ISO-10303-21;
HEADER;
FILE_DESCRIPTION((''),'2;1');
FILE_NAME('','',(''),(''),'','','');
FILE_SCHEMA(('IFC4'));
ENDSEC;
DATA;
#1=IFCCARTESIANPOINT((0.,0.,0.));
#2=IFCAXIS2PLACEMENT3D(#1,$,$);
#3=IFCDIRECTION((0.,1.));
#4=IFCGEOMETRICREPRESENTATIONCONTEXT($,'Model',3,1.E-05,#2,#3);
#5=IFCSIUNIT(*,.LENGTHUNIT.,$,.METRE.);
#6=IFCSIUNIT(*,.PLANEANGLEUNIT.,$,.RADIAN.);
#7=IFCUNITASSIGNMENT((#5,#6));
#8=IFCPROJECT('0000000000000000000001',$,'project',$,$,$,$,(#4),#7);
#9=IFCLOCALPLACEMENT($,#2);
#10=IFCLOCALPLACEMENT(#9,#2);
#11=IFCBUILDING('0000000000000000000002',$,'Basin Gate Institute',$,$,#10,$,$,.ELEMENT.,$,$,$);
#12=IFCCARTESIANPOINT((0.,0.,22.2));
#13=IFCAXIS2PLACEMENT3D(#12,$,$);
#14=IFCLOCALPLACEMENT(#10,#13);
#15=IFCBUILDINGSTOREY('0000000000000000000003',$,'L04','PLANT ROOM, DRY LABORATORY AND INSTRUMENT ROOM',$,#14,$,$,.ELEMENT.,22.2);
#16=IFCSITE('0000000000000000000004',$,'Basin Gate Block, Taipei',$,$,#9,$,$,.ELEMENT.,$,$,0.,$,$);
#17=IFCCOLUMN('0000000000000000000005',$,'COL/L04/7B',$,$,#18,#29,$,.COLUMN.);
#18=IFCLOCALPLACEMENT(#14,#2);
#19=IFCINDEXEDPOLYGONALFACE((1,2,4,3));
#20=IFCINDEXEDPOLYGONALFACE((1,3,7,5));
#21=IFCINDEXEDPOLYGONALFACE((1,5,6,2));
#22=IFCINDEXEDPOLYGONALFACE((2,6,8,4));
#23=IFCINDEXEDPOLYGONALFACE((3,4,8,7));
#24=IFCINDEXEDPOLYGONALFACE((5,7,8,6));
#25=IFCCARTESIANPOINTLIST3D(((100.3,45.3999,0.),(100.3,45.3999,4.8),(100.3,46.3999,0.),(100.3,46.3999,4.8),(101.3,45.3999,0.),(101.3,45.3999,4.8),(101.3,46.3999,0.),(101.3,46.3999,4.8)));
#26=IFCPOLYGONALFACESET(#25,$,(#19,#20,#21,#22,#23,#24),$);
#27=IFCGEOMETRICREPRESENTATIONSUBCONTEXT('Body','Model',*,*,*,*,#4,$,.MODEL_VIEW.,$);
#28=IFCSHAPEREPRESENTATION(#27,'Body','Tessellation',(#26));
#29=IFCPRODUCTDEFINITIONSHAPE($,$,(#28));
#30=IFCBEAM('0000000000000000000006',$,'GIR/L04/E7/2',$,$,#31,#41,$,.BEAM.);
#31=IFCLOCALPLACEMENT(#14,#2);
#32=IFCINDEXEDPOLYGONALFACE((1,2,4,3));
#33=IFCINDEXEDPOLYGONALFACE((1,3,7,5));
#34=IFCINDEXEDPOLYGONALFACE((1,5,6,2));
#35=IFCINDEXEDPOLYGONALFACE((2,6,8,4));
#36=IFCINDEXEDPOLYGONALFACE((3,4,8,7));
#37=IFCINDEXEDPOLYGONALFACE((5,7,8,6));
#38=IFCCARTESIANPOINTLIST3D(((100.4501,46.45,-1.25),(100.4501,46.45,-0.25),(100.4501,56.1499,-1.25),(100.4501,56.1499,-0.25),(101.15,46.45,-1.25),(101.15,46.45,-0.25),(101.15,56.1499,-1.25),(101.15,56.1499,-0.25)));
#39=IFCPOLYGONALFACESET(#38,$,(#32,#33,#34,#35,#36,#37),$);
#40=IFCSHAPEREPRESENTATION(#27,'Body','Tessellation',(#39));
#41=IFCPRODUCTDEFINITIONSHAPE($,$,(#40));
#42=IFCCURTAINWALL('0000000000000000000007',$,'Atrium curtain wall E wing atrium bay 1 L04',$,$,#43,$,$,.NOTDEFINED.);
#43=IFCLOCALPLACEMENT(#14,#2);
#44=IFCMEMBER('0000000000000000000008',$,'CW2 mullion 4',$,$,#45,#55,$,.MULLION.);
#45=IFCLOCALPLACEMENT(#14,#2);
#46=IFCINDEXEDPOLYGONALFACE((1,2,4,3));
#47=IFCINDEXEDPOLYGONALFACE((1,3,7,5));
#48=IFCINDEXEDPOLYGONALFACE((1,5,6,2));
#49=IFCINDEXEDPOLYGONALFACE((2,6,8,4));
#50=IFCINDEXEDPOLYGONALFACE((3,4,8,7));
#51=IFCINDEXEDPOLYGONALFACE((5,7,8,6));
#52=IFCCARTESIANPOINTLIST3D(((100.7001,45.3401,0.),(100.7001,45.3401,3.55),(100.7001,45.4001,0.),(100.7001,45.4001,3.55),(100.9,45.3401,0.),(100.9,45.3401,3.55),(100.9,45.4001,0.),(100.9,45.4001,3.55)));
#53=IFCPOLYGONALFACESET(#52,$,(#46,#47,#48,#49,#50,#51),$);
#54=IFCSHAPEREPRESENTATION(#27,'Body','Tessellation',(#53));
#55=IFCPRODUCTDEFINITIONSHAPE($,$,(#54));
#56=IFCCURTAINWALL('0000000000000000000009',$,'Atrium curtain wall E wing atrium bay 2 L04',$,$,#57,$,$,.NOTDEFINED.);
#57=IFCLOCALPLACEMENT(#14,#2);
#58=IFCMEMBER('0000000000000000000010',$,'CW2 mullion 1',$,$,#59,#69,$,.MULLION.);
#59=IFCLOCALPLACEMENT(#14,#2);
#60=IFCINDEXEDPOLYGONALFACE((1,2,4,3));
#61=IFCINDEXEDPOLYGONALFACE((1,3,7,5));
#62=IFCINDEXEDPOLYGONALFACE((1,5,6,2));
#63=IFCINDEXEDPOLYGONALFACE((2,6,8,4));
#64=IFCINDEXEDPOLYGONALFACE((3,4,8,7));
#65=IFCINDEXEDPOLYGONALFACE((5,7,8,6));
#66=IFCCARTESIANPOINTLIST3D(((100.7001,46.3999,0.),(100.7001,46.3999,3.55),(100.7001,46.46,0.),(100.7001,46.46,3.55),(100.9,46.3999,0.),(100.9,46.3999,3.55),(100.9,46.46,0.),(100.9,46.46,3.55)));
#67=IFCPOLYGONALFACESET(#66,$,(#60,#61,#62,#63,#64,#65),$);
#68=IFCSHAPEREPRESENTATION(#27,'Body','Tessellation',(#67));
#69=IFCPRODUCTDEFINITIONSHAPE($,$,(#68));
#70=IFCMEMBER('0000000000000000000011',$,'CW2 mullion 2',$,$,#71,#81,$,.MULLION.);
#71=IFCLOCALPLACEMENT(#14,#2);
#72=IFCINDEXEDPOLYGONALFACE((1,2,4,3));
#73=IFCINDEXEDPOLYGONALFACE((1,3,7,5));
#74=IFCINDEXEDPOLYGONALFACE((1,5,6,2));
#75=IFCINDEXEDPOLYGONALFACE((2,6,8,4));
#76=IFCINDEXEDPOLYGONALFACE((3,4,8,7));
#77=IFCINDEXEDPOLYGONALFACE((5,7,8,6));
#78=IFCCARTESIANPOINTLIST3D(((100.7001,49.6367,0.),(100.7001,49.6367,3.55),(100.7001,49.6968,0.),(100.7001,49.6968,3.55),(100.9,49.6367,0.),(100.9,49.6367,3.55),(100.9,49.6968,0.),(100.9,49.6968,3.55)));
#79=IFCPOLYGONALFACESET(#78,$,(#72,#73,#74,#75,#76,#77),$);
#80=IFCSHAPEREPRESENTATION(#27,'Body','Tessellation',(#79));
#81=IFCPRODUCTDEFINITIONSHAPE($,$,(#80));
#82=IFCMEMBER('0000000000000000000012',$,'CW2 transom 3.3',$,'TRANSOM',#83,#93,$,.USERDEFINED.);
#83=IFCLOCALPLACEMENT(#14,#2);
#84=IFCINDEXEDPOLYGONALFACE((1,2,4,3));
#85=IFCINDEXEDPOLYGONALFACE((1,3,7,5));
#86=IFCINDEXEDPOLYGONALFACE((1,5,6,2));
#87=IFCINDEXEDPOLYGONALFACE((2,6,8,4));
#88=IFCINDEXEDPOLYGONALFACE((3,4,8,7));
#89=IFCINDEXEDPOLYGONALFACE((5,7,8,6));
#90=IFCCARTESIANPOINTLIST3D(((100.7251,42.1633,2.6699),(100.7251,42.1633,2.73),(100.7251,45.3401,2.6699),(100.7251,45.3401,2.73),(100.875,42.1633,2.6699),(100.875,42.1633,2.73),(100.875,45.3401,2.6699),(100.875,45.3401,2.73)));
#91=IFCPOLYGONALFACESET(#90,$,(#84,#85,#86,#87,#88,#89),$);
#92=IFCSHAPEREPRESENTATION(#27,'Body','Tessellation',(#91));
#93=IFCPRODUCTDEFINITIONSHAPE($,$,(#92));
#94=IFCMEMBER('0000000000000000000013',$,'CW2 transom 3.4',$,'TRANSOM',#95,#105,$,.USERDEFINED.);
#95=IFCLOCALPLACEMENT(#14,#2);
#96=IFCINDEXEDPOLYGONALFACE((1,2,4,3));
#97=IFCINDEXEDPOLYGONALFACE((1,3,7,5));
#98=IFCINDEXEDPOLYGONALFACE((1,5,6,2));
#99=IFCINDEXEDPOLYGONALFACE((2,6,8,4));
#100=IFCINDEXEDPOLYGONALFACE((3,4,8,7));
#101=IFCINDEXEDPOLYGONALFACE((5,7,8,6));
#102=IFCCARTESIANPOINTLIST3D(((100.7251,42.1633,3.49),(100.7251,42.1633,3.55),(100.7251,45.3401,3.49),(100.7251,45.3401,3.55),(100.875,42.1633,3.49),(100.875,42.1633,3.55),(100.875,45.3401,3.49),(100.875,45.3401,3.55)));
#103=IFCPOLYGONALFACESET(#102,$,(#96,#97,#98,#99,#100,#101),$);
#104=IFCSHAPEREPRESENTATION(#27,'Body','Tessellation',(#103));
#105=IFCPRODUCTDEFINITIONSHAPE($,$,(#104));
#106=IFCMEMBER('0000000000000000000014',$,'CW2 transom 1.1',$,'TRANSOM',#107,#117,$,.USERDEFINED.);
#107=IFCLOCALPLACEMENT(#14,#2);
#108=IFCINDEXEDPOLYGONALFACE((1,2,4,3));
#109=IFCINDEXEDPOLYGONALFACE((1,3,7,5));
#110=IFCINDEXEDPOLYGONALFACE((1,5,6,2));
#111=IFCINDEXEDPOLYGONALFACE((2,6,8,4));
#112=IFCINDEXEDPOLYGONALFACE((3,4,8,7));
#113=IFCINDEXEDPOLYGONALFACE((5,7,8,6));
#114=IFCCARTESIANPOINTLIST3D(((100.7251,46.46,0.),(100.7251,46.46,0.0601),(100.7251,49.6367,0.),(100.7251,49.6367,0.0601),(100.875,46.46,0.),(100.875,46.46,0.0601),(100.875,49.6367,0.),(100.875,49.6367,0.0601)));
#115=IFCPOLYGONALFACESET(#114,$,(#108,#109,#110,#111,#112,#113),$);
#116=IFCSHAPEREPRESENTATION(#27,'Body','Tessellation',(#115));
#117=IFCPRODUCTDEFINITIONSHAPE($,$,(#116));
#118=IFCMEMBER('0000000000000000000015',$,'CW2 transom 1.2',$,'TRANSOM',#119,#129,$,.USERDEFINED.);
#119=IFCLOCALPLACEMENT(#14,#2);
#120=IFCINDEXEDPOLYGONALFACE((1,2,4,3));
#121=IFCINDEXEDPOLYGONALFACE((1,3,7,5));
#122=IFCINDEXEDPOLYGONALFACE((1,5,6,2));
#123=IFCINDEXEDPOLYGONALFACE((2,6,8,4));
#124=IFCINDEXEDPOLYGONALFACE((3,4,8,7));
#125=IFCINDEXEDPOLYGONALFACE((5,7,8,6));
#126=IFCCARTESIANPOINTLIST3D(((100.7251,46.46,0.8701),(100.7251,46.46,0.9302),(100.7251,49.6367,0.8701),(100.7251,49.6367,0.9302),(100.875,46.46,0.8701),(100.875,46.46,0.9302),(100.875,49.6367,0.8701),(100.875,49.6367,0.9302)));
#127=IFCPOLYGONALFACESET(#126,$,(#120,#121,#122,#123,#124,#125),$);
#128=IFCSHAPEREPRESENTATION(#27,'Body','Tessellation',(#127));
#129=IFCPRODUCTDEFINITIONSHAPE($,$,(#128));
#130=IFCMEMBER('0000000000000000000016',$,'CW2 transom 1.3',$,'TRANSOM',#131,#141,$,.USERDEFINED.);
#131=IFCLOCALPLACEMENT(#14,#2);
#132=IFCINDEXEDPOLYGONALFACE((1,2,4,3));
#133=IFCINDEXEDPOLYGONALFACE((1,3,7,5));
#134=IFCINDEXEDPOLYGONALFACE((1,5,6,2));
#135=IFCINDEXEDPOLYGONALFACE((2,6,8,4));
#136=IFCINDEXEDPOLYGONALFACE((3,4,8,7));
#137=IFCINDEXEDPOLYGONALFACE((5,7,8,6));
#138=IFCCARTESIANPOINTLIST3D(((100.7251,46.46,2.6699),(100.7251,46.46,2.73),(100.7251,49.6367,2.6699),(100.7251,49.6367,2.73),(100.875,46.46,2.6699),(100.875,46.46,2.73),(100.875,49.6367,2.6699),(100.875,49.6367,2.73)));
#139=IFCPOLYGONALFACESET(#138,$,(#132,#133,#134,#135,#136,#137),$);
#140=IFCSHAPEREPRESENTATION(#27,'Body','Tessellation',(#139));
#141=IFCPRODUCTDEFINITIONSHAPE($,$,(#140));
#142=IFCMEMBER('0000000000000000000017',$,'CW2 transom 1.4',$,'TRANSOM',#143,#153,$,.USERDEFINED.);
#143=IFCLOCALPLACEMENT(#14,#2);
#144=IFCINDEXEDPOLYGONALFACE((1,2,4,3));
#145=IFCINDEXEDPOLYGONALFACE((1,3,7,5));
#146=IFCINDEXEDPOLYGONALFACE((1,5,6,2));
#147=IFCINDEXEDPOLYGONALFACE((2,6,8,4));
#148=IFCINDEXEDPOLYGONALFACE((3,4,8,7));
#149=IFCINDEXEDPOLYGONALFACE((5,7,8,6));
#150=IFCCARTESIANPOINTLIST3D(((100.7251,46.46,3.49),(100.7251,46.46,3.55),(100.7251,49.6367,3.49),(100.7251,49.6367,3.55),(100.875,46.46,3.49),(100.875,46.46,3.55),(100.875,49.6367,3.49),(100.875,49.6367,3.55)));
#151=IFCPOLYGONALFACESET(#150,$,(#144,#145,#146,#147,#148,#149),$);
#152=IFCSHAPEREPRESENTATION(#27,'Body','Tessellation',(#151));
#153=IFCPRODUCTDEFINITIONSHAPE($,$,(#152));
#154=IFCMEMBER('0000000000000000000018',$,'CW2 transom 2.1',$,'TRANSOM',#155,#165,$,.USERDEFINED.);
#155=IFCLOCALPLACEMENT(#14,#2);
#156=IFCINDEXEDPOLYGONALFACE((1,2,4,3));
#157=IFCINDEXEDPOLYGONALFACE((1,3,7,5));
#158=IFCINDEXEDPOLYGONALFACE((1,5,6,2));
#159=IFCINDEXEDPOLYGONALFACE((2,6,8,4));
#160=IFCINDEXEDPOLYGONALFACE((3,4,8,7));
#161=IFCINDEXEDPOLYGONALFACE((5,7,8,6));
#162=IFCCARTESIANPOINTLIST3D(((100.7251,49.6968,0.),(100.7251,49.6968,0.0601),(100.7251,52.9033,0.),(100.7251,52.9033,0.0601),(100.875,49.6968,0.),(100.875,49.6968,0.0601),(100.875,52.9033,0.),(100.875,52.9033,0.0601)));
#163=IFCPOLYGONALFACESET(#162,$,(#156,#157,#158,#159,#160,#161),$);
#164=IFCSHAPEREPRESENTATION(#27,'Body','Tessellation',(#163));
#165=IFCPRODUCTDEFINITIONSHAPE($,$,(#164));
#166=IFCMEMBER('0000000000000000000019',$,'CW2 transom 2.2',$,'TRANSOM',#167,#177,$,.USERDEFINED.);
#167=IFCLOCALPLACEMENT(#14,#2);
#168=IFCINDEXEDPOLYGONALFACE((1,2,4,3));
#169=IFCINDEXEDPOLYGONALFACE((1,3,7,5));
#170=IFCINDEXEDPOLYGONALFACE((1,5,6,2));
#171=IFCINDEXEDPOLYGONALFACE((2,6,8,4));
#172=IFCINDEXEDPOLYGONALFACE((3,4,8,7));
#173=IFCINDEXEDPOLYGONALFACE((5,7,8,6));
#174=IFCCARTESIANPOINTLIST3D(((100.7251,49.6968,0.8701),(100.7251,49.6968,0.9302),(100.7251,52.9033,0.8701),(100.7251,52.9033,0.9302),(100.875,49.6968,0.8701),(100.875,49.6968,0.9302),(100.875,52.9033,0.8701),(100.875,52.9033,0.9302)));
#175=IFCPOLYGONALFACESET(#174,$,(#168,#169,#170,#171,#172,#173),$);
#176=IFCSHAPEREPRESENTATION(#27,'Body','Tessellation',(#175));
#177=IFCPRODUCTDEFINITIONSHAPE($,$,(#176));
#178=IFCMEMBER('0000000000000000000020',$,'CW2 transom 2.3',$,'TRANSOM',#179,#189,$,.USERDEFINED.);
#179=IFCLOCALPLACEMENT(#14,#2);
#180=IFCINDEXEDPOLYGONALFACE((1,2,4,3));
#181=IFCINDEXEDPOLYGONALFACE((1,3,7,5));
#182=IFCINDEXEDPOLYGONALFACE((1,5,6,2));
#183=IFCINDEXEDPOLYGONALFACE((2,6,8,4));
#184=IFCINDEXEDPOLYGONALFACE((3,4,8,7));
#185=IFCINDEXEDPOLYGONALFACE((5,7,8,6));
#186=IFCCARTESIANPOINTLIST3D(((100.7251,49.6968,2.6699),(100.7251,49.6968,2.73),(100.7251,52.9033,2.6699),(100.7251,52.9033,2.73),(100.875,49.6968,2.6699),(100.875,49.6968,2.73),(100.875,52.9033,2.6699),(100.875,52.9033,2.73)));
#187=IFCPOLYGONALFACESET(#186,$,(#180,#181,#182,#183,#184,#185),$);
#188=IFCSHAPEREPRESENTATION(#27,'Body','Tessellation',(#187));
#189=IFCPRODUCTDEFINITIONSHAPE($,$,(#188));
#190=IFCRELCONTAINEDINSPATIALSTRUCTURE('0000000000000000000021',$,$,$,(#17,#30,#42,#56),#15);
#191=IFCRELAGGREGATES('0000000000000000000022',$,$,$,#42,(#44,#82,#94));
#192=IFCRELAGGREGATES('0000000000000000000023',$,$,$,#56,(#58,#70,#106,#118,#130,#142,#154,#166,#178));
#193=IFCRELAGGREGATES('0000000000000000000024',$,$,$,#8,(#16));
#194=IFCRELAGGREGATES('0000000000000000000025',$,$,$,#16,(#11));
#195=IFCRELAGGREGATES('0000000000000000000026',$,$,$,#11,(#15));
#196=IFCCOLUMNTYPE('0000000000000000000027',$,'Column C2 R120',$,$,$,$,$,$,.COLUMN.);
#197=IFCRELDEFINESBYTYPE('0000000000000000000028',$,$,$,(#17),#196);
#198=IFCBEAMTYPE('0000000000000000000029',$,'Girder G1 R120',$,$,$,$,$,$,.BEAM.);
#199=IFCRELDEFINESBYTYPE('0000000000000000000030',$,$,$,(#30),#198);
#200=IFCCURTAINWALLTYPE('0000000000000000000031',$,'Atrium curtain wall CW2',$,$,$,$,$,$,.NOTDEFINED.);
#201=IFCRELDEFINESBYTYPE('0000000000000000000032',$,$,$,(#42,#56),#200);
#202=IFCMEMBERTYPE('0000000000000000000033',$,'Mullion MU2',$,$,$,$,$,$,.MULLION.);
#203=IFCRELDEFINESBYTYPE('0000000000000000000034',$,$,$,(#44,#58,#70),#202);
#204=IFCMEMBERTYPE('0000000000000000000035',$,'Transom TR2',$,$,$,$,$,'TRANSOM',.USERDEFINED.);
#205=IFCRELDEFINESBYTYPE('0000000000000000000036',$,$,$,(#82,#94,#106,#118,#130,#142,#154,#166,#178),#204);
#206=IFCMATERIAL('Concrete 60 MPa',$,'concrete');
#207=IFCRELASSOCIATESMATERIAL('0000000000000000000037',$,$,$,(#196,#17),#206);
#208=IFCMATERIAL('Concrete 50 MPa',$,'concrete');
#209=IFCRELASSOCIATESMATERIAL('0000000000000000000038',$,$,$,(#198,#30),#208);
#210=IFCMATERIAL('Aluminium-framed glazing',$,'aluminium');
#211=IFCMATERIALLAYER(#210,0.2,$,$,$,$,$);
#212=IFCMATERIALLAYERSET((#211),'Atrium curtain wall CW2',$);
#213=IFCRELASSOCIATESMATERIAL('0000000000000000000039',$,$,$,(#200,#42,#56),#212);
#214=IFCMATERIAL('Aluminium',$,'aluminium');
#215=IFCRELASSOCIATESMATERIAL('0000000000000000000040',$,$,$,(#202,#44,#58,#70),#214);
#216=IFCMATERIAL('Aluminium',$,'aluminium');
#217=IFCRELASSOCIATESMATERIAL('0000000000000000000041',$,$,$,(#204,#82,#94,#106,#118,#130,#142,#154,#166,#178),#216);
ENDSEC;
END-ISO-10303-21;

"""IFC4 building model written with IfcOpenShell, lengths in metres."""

from ifc_helpers import new_model, si_unit, direction, frame, origin, origin_2d, place, context, subcontext, project, spatial, rectangle, extrude, material, layer, layer_set, material_profile, profile_set, type_object, element, aggregate, save


model = new_model("IFC4")

# Units and contexts
model_context = context("Model", 3, precision=1e-05, world=origin(), true_north=direction((0.0, 1.0)))
body_context = subcontext(model_context, "Body", "Model", "MODEL_VIEW")
ifc_project = project(units=[si_unit("LENGTHUNIT", "METRE"), si_unit("PLANEANGLEUNIT", "RADIAN")], contexts=[model_context])

# Site, building, storey
site_placement = place(None, origin())
site = spatial("IfcSite", under=ifc_project, at=site_placement, Name="Basin Gate Block, Taipei", CompositionType="ELEMENT", RefElevation=0.0)
building_placement = place(site_placement, origin())
building = spatial("IfcBuilding", under=site, at=building_placement, Name="Basin Gate Institute", CompositionType="ELEMENT")
storey_placement = place(building_placement, frame((0.0, 0.0, 22.2)))
storey = spatial("IfcBuildingStorey", under=building, at=storey_placement, Name="L04", Description="PLANT ROOM, DRY LABORATORY AND INSTRUMENT ROOM", CompositionType="ELEMENT", Elevation=22.2)

# Column
ifc_material_1 = material(Name="Concrete 60 MPa", Category="concrete")
ifc_material_profile_1 = material_profile(ifc_material_1, rectangle(XDim=1.0, YDim=1.0, at=origin_2d()), Name="Column C2 1000 x 1000")
ifc_profile_set_1 = profile_set([ifc_material_profile_1], Name="Concrete 60 MPa")
column_type = type_object("IfcColumnType", Name="Column C2 R120", PredefinedType="COLUMN", material=ifc_profile_set_1)
column_placement = place(storey_placement, frame((100.8, 45.8999, 0.0), z_axis=(0.0, 0.0, 1.0), x_axis=(1.0, 0.0, 0.0)))
element("IfcColumn", 1, at=column_placement, inside=storey, type_object=column_type, material=ifc_profile_set_1, Name="COL/L04/7B", PredefinedType="COLUMN", context=body_context, shape_type="SweptSolid", body=[
    extrude(rectangle(XDim=1.0, YDim=1.0, at=origin_2d()), origin(), (0.0, 0.0, 1.0), 4.8),
])

# Beam
ifc_material_2 = material(Name="Concrete 50 MPa", Category="concrete")
ifc_material_profile_2 = material_profile(ifc_material_2, rectangle(XDim=0.7, YDim=1.0, at=origin_2d()), Name="Girder G1 700 x 1000")
ifc_profile_set_2 = profile_set([ifc_material_profile_2], Name="Concrete 50 MPa")
beam_type = type_object("IfcBeamType", Name="Girder G1 R120", PredefinedType="BEAM", material=ifc_profile_set_2)
beam_placement = place(storey_placement, frame((100.8, 46.45, -0.75), z_axis=(0.0, 1.0, 0.0), x_axis=(-1.0, 0.0, 0.0)))
element("IfcBeam", 2, at=beam_placement, inside=storey, type_object=beam_type, material=ifc_profile_set_2, Name="GIR/L04/E7/2", PredefinedType="BEAM", context=body_context, shape_type="SweptSolid", body=[
    extrude(rectangle(XDim=0.7, YDim=1.0, at=origin_2d()), origin(), (0.0, 0.0, 1.0), 9.7),
])

# Curtain wall, member
ifc_material_3 = material(Name="Aluminium-framed glazing", Category="aluminium")
ifc_layer_1 = layer(ifc_material_3, 0.2)
ifc_layer_set_1 = layer_set([ifc_layer_1], Name="Atrium curtain wall CW2")
curtain_wall_type = type_object("IfcCurtainWallType", Name="Atrium curtain wall CW2", PredefinedType="NOTDEFINED", material=ifc_layer_set_1)
curtain_wall_1_placement = place(storey_placement, origin())
curtain_wall_1 = element("IfcCurtainWall", 3, at=curtain_wall_1_placement, inside=storey, type_object=curtain_wall_type, material=ifc_layer_set_1, Name="Atrium curtain wall E wing atrium bay 1 L04", PredefinedType="NOTDEFINED")
ifc_material_4 = material(Name="Aluminium", Category="aluminium")
ifc_material_profile_3 = material_profile(ifc_material_4, rectangle(XDim=0.2, YDim=0.0601, at=origin_2d()), Name="Mullion MU2 200 x 60")
ifc_profile_set_3 = profile_set([ifc_material_profile_3], Name="Aluminium")
member_type_1 = type_object("IfcMemberType", Name="Mullion MU2", PredefinedType="MULLION", material=ifc_profile_set_3)
member_1_placement = place(storey_placement, frame((100.8, 45.3701, 0.0), z_axis=(0.0, 0.0, 1.0), x_axis=(-1.0, 0.0, 0.0)))
member_1 = element("IfcMember", 4, at=member_1_placement, type_object=member_type_1, material=ifc_profile_set_3, Name="CW2 mullion 4", PredefinedType="MULLION", context=body_context, shape_type="SweptSolid", body=[
    extrude(rectangle(XDim=0.2, YDim=0.0601, at=origin_2d()), origin(), (0.0, 0.0, 1.0), 3.55),
])

# Curtain wall, members
curtain_wall_2_placement = place(storey_placement, origin())
curtain_wall_2 = element("IfcCurtainWall", 5, at=curtain_wall_2_placement, inside=storey, type_object=curtain_wall_type, material=ifc_layer_set_1, Name="Atrium curtain wall E wing atrium bay 2 L04", PredefinedType="NOTDEFINED")
member_2_placement = place(storey_placement, frame((100.8, 46.4299, 0.0), z_axis=(0.0, 0.0, 1.0), x_axis=(-1.0, 0.0, 0.0)))
member_2 = element("IfcMember", 6, at=member_2_placement, type_object=member_type_1, material=ifc_profile_set_3, Name="CW2 mullion 1", PredefinedType="MULLION", context=body_context, shape_type="SweptSolid", body=[
    extrude(rectangle(XDim=0.2, YDim=0.0601, at=origin_2d()), origin(), (0.0, 0.0, 1.0), 3.55),
])
member_3_placement = place(storey_placement, frame((100.8, 49.6667, 0.0), z_axis=(0.0, 0.0, 1.0), x_axis=(-1.0, 0.0, 0.0)))
member_3 = element("IfcMember", 7, at=member_3_placement, type_object=member_type_1, material=ifc_profile_set_3, Name="CW2 mullion 2", PredefinedType="MULLION", context=body_context, shape_type="SweptSolid", body=[
    extrude(rectangle(XDim=0.2, YDim=0.0601, at=origin_2d()), origin(), (0.0, 0.0, 1.0), 3.55),
])

# Members
ifc_material_5 = material(Name="Aluminium", Category="aluminium")
ifc_material_profile_4 = material_profile(ifc_material_5, rectangle(XDim=0.1499, YDim=0.0601, at=origin_2d()), Name="Transom TR2 150 x 60")
ifc_profile_set_4 = profile_set([ifc_material_profile_4], Name="Aluminium")
member_type_2 = type_object("IfcMemberType", Name="Transom TR2", ElementType="TRANSOM", PredefinedType="USERDEFINED", material=ifc_profile_set_4)
member_4_placement = place(storey_placement, frame((100.8, 42.1633, 2.7), z_axis=(0.0, 1.0, 0.0), x_axis=(-1.0, 0.0, 0.0)))
member_4 = element("IfcMember", 8, at=member_4_placement, type_object=member_type_2, material=ifc_profile_set_4, Name="CW2 transom 3.3", ObjectType="TRANSOM", PredefinedType="USERDEFINED", context=body_context, shape_type="SweptSolid", body=[
    extrude(rectangle(XDim=0.1499, YDim=0.0601, at=origin_2d()), origin(), (0.0, 0.0, 1.0), 3.1768),
])
member_5_placement = place(storey_placement, frame((100.8, 42.1633, 3.52), z_axis=(0.0, 1.0, 0.0), x_axis=(-1.0, 0.0, 0.0)))
member_5 = element("IfcMember", 9, at=member_5_placement, type_object=member_type_2, material=ifc_profile_set_4, Name="CW2 transom 3.4", ObjectType="TRANSOM", PredefinedType="USERDEFINED", context=body_context, shape_type="SweptSolid", body=[
    extrude(rectangle(XDim=0.1499, YDim=0.0601, at=origin_2d()), origin(), (0.0, 0.0, 1.0), 3.1768),
])
member_6_placement = place(storey_placement, frame((100.8, 46.46, 0.03), z_axis=(0.0, 1.0, 0.0), x_axis=(-1.0, 0.0, 0.0)))
member_6 = element("IfcMember", 10, at=member_6_placement, type_object=member_type_2, material=ifc_profile_set_4, Name="CW2 transom 1.1", ObjectType="TRANSOM", PredefinedType="USERDEFINED", context=body_context, shape_type="SweptSolid", body=[
    extrude(rectangle(XDim=0.1499, YDim=0.0601, at=origin_2d()), origin(), (0.0, 0.0, 1.0), 3.1768),
])
member_7_placement = place(storey_placement, frame((100.8, 46.46, 0.9001), z_axis=(0.0, 1.0, 0.0), x_axis=(-1.0, 0.0, 0.0)))
member_7 = element("IfcMember", 11, at=member_7_placement, type_object=member_type_2, material=ifc_profile_set_4, Name="CW2 transom 1.2", ObjectType="TRANSOM", PredefinedType="USERDEFINED", context=body_context, shape_type="SweptSolid", body=[
    extrude(rectangle(XDim=0.1499, YDim=0.0601, at=origin_2d()), origin(), (0.0, 0.0, 1.0), 3.1768),
])
member_8_placement = place(storey_placement, frame((100.8, 46.46, 2.7), z_axis=(0.0, 1.0, 0.0), x_axis=(-1.0, 0.0, 0.0)))
member_8 = element("IfcMember", 12, at=member_8_placement, type_object=member_type_2, material=ifc_profile_set_4, Name="CW2 transom 1.3", ObjectType="TRANSOM", PredefinedType="USERDEFINED", context=body_context, shape_type="SweptSolid", body=[
    extrude(rectangle(XDim=0.1499, YDim=0.0601, at=origin_2d()), origin(), (0.0, 0.0, 1.0), 3.1768),
])
member_9_placement = place(storey_placement, frame((100.8, 46.46, 3.52), z_axis=(0.0, 1.0, 0.0), x_axis=(-1.0, 0.0, 0.0)))
member_9 = element("IfcMember", 13, at=member_9_placement, type_object=member_type_2, material=ifc_profile_set_4, Name="CW2 transom 1.4", ObjectType="TRANSOM", PredefinedType="USERDEFINED", context=body_context, shape_type="SweptSolid", body=[
    extrude(rectangle(XDim=0.1499, YDim=0.0601, at=origin_2d()), origin(), (0.0, 0.0, 1.0), 3.1768),
])
member_10_placement = place(storey_placement, frame((100.8, 49.6968, 0.03), z_axis=(0.0, 1.0, 0.0), x_axis=(-1.0, 0.0, 0.0)))
member_10 = element("IfcMember", 14, at=member_10_placement, type_object=member_type_2, material=ifc_profile_set_4, Name="CW2 transom 2.1", ObjectType="TRANSOM", PredefinedType="USERDEFINED", context=body_context, shape_type="SweptSolid", body=[
    extrude(rectangle(XDim=0.1499, YDim=0.0601, at=origin_2d()), origin(), (0.0, 0.0, 1.0), 3.2065),
])
member_11_placement = place(storey_placement, frame((100.8, 49.6968, 0.9001), z_axis=(0.0, 1.0, 0.0), x_axis=(-1.0, 0.0, 0.0)))
member_11 = element("IfcMember", 15, at=member_11_placement, type_object=member_type_2, material=ifc_profile_set_4, Name="CW2 transom 2.2", ObjectType="TRANSOM", PredefinedType="USERDEFINED", context=body_context, shape_type="SweptSolid", body=[
    extrude(rectangle(XDim=0.1499, YDim=0.0601, at=origin_2d()), origin(), (0.0, 0.0, 1.0), 3.2065),
])
member_12_placement = place(storey_placement, frame((100.8, 49.6968, 2.7), z_axis=(0.0, 1.0, 0.0), x_axis=(-1.0, 0.0, 0.0)))
member_12 = element("IfcMember", 16, at=member_12_placement, type_object=member_type_2, material=ifc_profile_set_4, Name="CW2 transom 2.3", ObjectType="TRANSOM", PredefinedType="USERDEFINED", context=body_context, shape_type="SweptSolid", body=[
    extrude(rectangle(XDim=0.1499, YDim=0.0601, at=origin_2d()), origin(), (0.0, 0.0, 1.0), 3.2065),
])

aggregate(curtain_wall_1, [member_1, member_4, member_5])
aggregate(curtain_wall_2, [member_2, member_3, member_6, member_7, member_8, member_9, member_10, member_11, member_12])

save(model, "model.ifc")
